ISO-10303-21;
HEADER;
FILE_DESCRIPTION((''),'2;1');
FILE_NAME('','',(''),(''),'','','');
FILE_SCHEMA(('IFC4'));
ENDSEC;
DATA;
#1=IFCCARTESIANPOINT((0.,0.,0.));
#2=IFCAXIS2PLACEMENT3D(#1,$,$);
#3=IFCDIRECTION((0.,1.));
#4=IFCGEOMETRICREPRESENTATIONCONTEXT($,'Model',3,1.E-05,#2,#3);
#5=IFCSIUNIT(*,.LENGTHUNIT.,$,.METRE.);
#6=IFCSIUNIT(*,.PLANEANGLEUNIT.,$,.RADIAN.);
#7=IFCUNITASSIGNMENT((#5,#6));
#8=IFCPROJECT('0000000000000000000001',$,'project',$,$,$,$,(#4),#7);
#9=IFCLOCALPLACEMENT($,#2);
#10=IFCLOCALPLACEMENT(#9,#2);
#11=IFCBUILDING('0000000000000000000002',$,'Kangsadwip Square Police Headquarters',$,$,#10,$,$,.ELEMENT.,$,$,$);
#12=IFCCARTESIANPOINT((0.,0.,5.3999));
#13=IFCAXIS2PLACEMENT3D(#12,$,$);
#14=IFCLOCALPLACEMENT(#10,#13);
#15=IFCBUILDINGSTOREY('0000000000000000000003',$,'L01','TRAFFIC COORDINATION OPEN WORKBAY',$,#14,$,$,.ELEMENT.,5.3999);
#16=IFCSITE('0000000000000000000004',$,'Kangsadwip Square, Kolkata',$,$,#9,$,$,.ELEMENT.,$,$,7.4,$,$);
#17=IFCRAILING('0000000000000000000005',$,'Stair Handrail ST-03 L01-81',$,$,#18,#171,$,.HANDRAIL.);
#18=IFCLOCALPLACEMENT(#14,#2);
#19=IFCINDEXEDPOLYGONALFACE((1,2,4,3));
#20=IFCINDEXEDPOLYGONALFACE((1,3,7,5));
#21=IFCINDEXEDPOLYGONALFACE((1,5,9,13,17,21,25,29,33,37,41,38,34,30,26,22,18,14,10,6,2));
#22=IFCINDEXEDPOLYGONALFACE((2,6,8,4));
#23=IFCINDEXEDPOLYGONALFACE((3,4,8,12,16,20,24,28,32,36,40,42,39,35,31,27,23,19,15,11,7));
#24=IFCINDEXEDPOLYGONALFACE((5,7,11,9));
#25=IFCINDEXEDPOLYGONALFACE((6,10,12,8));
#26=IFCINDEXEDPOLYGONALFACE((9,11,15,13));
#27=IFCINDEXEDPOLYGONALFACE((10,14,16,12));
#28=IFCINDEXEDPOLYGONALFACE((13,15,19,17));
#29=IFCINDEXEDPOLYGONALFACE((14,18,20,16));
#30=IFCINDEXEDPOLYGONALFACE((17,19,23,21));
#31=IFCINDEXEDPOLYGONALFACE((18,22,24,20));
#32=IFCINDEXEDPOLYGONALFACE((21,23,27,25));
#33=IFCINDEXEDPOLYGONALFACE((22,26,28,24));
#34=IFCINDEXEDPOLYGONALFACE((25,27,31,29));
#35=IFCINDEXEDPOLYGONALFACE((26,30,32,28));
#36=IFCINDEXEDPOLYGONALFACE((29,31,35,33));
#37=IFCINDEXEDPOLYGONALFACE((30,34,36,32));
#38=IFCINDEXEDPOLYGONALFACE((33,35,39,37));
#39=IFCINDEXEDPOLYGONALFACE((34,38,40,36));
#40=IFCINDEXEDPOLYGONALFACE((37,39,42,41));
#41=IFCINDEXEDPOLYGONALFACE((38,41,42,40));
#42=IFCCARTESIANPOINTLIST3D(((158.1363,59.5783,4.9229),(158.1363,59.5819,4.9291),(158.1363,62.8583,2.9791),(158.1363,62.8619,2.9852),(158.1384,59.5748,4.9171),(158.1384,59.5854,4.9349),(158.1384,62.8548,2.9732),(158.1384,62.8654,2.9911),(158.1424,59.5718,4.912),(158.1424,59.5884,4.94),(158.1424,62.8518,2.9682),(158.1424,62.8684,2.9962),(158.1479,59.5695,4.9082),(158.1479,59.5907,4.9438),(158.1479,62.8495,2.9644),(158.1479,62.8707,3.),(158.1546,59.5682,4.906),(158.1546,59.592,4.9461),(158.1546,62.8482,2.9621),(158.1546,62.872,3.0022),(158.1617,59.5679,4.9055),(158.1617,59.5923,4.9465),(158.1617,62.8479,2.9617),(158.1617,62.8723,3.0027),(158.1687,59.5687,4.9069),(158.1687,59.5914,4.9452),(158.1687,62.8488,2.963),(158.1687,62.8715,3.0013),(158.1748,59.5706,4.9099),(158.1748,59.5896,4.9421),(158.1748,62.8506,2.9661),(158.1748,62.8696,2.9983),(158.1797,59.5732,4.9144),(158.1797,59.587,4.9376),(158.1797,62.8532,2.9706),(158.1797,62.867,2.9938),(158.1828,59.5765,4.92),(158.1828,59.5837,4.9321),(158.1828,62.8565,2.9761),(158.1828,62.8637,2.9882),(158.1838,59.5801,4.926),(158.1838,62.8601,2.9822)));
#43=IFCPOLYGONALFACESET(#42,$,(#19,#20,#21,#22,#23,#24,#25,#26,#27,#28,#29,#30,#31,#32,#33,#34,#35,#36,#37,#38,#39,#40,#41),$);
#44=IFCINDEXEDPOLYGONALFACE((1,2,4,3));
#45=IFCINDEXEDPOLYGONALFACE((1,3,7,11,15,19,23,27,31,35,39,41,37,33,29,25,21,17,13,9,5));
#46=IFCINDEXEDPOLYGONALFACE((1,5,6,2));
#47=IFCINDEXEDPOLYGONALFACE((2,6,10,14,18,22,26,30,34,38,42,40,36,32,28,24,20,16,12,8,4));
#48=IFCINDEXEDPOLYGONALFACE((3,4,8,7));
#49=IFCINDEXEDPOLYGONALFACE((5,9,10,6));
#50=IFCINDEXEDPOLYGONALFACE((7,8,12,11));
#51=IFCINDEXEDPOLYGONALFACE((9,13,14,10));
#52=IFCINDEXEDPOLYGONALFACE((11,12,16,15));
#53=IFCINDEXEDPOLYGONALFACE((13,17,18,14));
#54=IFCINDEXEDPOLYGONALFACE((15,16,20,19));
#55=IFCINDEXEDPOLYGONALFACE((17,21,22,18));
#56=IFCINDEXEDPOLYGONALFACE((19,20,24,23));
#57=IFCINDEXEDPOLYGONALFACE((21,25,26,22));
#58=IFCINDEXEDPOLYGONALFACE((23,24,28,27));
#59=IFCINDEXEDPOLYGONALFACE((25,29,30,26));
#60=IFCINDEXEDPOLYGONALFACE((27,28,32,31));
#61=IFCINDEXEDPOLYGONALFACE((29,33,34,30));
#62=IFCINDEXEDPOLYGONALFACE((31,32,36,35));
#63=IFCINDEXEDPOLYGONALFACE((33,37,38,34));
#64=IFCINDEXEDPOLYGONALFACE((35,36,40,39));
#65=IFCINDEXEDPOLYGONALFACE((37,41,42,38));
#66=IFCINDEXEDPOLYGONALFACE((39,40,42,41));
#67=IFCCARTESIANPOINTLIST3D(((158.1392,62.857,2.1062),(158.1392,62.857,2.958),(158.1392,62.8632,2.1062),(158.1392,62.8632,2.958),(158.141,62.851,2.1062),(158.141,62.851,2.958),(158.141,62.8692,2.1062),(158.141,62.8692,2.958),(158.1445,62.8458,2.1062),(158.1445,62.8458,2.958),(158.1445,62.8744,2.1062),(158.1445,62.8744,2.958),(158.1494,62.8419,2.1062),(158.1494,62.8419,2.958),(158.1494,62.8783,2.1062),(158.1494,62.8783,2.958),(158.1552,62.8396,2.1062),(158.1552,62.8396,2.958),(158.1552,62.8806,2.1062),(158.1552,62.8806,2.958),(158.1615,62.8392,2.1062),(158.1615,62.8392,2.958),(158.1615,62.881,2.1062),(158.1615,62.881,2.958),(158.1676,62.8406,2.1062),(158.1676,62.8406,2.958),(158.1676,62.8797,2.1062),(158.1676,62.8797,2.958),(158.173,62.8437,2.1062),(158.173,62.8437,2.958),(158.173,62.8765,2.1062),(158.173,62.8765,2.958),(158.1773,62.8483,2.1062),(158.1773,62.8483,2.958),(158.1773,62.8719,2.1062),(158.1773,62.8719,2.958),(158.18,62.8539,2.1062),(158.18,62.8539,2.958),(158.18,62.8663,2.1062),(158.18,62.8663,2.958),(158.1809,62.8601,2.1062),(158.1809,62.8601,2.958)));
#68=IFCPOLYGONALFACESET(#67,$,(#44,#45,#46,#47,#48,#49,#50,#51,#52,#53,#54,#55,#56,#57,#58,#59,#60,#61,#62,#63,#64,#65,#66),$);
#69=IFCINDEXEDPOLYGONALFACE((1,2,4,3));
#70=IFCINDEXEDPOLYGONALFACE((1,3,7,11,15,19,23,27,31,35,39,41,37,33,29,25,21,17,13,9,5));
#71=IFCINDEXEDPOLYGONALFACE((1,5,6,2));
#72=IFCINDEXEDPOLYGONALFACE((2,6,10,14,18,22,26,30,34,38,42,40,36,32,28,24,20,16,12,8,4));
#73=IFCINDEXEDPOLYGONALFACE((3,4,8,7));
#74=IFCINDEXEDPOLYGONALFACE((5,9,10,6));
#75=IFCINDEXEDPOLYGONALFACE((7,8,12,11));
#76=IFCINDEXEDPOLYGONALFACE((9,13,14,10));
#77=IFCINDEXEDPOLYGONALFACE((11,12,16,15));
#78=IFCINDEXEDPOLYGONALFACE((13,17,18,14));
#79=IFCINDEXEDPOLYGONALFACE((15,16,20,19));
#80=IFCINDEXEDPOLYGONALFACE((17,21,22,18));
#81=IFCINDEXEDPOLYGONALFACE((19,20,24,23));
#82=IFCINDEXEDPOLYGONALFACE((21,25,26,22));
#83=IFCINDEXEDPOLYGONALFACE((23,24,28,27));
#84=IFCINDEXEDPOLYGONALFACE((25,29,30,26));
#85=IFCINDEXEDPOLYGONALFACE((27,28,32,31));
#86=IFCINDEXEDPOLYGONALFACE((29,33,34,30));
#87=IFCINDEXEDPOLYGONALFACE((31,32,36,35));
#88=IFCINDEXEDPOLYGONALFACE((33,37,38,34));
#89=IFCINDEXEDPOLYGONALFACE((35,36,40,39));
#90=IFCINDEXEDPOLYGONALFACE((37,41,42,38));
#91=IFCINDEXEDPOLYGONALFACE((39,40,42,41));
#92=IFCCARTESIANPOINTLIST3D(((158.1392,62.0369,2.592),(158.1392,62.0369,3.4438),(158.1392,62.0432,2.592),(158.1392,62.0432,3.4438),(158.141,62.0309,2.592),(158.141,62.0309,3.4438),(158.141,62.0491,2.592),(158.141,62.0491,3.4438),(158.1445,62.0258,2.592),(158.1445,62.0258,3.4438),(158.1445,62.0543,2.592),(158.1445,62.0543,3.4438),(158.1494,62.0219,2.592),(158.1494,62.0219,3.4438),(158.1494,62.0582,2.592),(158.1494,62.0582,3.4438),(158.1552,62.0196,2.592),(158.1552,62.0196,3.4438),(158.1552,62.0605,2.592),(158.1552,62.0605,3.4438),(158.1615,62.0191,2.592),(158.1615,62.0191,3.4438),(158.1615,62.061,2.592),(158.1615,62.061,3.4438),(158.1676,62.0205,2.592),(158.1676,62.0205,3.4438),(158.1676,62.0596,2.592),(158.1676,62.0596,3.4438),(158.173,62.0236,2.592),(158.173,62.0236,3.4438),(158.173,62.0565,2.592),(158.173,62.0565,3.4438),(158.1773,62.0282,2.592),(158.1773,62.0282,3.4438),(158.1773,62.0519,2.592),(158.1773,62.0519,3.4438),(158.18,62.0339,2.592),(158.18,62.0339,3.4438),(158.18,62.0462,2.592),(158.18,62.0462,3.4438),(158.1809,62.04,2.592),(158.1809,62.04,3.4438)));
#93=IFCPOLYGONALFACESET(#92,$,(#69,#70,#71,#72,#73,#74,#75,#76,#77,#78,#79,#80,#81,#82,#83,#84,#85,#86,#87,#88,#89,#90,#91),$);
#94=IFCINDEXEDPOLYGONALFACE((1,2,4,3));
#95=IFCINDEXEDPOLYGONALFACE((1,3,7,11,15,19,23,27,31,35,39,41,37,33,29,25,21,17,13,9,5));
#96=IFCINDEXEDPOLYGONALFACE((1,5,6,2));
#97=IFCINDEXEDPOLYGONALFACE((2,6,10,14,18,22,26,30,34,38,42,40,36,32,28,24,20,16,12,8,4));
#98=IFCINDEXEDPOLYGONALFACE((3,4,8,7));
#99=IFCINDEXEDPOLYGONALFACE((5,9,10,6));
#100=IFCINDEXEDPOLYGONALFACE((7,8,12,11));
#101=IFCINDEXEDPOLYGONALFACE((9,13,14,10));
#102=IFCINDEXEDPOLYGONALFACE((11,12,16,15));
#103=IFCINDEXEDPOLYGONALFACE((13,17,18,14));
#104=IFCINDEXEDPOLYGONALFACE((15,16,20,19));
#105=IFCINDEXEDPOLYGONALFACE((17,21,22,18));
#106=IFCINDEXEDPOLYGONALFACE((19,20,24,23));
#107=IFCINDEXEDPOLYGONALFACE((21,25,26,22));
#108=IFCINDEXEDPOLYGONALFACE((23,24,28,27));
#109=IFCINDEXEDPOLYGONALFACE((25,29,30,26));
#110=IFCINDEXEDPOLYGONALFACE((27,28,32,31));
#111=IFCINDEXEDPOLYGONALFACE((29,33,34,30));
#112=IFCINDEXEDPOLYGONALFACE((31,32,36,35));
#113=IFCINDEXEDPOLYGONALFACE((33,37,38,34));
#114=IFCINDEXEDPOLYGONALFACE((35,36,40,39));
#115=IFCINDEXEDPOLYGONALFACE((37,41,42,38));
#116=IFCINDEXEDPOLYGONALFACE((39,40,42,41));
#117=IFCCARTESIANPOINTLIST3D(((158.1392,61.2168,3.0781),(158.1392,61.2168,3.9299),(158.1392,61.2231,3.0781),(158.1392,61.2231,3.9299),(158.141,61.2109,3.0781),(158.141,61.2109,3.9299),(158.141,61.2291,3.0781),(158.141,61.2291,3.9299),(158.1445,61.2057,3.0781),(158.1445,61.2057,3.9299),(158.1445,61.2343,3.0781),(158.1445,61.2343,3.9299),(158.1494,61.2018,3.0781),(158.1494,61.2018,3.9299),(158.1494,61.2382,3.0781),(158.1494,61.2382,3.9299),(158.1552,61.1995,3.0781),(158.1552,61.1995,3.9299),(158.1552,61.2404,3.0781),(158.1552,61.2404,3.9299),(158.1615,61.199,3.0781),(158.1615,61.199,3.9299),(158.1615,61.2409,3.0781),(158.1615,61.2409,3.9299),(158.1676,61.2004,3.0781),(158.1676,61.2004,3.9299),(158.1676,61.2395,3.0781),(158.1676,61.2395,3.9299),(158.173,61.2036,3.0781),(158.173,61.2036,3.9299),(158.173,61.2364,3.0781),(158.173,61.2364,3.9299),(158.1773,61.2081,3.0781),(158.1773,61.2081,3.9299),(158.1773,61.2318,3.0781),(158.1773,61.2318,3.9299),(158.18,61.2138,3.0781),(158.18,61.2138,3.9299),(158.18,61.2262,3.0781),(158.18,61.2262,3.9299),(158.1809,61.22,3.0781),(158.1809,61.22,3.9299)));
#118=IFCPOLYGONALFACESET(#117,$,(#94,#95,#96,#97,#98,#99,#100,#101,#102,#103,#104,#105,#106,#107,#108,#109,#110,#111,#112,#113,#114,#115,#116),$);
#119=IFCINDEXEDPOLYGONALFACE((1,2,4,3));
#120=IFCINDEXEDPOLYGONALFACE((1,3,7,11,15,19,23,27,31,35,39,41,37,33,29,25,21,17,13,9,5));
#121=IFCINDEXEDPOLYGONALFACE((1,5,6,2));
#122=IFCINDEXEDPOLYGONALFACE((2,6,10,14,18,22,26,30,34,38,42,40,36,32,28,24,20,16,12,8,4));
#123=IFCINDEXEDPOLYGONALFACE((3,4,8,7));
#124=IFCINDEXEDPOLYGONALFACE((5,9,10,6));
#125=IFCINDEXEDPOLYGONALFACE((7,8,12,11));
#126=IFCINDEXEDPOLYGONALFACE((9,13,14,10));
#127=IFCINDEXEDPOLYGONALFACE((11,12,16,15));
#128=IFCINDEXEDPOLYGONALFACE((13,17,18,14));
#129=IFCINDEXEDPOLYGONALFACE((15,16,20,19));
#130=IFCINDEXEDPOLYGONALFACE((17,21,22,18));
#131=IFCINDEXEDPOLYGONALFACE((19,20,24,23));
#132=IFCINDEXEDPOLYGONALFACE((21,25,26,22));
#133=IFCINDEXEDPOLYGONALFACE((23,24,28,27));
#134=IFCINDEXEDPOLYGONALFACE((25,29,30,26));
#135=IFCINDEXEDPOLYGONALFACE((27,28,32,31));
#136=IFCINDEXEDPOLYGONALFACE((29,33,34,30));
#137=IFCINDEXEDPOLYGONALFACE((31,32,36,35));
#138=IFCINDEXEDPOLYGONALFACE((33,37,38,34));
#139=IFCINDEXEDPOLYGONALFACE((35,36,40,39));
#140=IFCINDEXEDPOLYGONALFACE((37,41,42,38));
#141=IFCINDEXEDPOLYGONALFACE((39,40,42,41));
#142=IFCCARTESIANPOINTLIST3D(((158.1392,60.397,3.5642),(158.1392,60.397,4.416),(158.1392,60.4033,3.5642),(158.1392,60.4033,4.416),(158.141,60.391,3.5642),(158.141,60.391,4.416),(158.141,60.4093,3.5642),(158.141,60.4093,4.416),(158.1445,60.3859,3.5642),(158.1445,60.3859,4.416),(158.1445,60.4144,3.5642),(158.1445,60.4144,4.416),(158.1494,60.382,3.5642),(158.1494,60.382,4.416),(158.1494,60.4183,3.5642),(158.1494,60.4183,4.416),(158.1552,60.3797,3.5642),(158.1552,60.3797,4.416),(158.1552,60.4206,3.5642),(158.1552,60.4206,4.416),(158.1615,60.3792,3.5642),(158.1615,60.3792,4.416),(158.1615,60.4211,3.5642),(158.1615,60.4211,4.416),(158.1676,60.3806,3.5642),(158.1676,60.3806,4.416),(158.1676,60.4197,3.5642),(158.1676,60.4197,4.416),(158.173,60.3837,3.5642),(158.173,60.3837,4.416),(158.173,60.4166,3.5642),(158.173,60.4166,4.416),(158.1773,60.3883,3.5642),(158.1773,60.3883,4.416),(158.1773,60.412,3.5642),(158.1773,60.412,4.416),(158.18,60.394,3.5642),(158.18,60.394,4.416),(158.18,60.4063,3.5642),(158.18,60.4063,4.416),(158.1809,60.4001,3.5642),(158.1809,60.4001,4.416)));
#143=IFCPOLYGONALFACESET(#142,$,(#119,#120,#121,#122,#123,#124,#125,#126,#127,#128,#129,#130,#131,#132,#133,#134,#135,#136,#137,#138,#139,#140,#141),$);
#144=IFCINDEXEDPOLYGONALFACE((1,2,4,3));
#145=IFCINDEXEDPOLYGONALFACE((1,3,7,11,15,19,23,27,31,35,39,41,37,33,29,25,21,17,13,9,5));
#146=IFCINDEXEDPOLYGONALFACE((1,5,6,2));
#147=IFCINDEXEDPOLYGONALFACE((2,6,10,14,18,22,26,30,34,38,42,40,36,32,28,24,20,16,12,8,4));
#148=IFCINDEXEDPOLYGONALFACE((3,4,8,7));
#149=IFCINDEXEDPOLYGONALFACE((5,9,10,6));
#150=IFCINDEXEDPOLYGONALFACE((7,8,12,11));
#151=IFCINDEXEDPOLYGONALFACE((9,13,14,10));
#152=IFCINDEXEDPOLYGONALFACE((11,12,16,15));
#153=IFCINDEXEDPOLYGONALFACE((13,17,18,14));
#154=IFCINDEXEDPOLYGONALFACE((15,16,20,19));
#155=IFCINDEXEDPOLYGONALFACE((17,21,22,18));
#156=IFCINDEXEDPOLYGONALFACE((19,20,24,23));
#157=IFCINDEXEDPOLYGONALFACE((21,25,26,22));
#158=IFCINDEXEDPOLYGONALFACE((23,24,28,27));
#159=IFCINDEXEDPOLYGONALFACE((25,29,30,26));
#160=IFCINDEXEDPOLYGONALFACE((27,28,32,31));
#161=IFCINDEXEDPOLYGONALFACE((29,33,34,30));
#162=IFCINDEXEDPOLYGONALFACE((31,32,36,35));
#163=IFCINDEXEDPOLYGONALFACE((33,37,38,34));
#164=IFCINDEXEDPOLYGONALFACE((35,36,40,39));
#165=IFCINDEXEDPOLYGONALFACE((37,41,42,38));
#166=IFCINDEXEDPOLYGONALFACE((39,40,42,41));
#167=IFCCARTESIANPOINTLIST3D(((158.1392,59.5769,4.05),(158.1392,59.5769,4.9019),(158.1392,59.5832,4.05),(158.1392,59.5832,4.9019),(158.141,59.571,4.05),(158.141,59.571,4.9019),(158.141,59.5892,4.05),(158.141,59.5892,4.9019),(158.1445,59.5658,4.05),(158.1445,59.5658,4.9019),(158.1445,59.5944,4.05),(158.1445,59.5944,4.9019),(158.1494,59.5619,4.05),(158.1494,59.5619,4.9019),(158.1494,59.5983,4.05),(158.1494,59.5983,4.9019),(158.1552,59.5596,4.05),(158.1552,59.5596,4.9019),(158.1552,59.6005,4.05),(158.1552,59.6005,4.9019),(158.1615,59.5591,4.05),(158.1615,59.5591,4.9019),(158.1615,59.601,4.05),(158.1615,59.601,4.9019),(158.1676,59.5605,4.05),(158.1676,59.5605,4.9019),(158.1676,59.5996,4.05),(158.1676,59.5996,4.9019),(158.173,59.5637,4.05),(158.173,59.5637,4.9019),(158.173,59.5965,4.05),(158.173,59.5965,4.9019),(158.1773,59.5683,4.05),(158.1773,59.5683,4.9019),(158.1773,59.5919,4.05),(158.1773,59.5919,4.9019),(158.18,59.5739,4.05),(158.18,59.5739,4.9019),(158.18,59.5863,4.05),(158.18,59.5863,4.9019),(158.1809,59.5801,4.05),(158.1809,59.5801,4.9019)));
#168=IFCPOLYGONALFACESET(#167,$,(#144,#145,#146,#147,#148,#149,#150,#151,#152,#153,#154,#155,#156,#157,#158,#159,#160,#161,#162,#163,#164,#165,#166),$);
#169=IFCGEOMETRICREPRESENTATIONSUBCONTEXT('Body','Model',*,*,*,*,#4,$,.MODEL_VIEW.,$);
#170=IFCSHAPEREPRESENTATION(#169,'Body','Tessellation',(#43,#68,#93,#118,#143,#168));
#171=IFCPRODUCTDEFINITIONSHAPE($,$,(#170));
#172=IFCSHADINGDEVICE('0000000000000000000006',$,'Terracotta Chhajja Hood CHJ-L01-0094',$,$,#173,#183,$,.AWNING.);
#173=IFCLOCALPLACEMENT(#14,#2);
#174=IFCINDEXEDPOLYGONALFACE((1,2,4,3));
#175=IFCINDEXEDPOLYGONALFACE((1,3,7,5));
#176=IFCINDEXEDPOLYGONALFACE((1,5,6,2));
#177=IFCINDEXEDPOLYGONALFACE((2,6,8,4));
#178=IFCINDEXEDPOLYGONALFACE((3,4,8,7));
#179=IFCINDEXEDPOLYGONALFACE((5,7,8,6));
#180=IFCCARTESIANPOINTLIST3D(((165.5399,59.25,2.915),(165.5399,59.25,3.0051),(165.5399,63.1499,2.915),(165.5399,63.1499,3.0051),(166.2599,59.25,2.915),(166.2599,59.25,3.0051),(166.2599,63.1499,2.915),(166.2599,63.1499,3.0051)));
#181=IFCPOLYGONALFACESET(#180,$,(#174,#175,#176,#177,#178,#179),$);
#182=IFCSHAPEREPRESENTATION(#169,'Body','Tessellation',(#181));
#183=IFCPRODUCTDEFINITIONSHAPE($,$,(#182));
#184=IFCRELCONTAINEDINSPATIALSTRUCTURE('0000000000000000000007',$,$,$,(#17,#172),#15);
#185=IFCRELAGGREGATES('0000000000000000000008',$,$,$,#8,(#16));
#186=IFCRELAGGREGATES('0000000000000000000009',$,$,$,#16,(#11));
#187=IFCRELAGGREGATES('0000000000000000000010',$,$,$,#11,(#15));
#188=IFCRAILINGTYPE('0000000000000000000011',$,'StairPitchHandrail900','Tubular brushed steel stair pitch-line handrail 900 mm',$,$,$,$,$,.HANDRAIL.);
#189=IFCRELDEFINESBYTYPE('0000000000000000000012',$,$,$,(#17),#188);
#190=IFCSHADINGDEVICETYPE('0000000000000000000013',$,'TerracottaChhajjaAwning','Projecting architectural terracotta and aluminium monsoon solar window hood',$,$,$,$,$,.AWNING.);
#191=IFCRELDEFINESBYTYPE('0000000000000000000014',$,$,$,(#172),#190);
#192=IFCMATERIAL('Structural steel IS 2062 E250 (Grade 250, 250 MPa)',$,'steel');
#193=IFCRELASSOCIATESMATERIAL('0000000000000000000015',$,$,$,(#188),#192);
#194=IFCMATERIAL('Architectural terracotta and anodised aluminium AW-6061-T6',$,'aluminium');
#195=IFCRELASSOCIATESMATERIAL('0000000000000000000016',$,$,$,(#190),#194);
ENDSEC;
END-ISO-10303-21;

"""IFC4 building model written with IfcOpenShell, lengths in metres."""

from ifc_helpers import new_model, si_unit, direction, frame, origin, origin_2d, place, context, subcontext, project, spatial, rectangle, circle, extrude, material, type_object, element, save


model = new_model("IFC4")

# Units and contexts
model_context = context("Model", 3, precision=1e-05, world=origin(), true_north=direction((0.0, 1.0)))
body_context = subcontext(model_context, "Body", "Model", "MODEL_VIEW")
ifc_project = project(units=[si_unit("LENGTHUNIT", "METRE"), si_unit("PLANEANGLEUNIT", "RADIAN")], contexts=[model_context])

# Site, building, storey
site_placement = place(None, origin())
site = spatial("IfcSite", under=ifc_project, at=site_placement, Name="Kangsadwip Square, Kolkata", CompositionType="ELEMENT", RefElevation=7.4)
building_placement = place(site_placement, origin())
building = spatial("IfcBuilding", under=site, at=building_placement, Name="Kangsadwip Square Police Headquarters", CompositionType="ELEMENT")
storey_placement = place(building_placement, frame((0.0, 0.0, 5.3999)))
storey = spatial("IfcBuildingStorey", under=building, at=storey_placement, Name="L01", Description="TRAFFIC COORDINATION OPEN WORKBAY", CompositionType="ELEMENT", Elevation=5.3999)

# Railing
ifc_material_1 = material(Name="Structural steel IS 2062 E250 (Grade 250, 250 MPa)", Category="steel")
railing_type_1 = type_object("IfcRailingType", Name="StairPitchHandrail900", Description="Tubular brushed steel stair pitch-line handrail 900 mm", PredefinedType="HANDRAIL", material=ifc_material_1)
railing_placement = place(storey_placement, frame((158.1599, 62.8601, 2.1062)))
element("IfcRailing", 1, at=railing_placement, inside=storey, type_object=railing_type_1, Name="Stair Handrail ST-03 L01-81", PredefinedType="HANDRAIL", context=body_context, shape_type="SweptSolid", body=[
    extrude(circle(Radius=0.0239, at=origin_2d()), frame((0.0, 0.0, 0.876), z_axis=(0.0, -0.860277, 0.509827), x_axis=(1.0, 0.0, 0.0)), (0.0, 0.0, 1.0), 3.8127),
    extrude(circle(Radius=0.021, at=origin_2d()), origin(), (0.0, 0.0, 1.0), 0.8518),
    extrude(circle(Radius=0.021, at=origin_2d()), frame((0.0, -0.8201, 0.4858)), (0.0, 0.0, 1.0), 0.8518),
    extrude(circle(Radius=0.021, at=origin_2d()), frame((0.0, -1.6401, 0.9719)), (0.0, 0.0, 1.0), 0.8518),
    extrude(circle(Radius=0.021, at=origin_2d()), frame((0.0, -2.46, 1.458)), (0.0, 0.0, 1.0), 0.8518),
    extrude(circle(Radius=0.021, at=origin_2d()), frame((0.0, -3.28, 1.9438)), (0.0, 0.0, 1.0), 0.8518),
])

# Shading device
ifc_material_2 = material(Name="Architectural terracotta and anodised aluminium AW-6061-T6", Category="aluminium")
shading_device_type = type_object("IfcShadingDeviceType", Name="TerracottaChhajjaAwning", Description="Projecting architectural terracotta and aluminium monsoon solar window hood", PredefinedType="AWNING", material=ifc_material_2)
shading_device_placement = place(storey_placement, frame((165.8999, 61.2, 2.915), z_axis=(0.0, 0.0, 1.0), x_axis=(0.0, 1.0, 0.0)))
element("IfcShadingDevice", 2, at=shading_device_placement, inside=storey, type_object=shading_device_type, Name="Terracotta Chhajja Hood CHJ-L01-0094", PredefinedType="AWNING", context=body_context, shape_type="SweptSolid", body=[
    extrude(rectangle(XDim=3.8999, YDim=0.72, at=origin_2d()), origin(), (0.0, 0.0, 1.0), 0.0901),
])

save(model, "model.ifc")
